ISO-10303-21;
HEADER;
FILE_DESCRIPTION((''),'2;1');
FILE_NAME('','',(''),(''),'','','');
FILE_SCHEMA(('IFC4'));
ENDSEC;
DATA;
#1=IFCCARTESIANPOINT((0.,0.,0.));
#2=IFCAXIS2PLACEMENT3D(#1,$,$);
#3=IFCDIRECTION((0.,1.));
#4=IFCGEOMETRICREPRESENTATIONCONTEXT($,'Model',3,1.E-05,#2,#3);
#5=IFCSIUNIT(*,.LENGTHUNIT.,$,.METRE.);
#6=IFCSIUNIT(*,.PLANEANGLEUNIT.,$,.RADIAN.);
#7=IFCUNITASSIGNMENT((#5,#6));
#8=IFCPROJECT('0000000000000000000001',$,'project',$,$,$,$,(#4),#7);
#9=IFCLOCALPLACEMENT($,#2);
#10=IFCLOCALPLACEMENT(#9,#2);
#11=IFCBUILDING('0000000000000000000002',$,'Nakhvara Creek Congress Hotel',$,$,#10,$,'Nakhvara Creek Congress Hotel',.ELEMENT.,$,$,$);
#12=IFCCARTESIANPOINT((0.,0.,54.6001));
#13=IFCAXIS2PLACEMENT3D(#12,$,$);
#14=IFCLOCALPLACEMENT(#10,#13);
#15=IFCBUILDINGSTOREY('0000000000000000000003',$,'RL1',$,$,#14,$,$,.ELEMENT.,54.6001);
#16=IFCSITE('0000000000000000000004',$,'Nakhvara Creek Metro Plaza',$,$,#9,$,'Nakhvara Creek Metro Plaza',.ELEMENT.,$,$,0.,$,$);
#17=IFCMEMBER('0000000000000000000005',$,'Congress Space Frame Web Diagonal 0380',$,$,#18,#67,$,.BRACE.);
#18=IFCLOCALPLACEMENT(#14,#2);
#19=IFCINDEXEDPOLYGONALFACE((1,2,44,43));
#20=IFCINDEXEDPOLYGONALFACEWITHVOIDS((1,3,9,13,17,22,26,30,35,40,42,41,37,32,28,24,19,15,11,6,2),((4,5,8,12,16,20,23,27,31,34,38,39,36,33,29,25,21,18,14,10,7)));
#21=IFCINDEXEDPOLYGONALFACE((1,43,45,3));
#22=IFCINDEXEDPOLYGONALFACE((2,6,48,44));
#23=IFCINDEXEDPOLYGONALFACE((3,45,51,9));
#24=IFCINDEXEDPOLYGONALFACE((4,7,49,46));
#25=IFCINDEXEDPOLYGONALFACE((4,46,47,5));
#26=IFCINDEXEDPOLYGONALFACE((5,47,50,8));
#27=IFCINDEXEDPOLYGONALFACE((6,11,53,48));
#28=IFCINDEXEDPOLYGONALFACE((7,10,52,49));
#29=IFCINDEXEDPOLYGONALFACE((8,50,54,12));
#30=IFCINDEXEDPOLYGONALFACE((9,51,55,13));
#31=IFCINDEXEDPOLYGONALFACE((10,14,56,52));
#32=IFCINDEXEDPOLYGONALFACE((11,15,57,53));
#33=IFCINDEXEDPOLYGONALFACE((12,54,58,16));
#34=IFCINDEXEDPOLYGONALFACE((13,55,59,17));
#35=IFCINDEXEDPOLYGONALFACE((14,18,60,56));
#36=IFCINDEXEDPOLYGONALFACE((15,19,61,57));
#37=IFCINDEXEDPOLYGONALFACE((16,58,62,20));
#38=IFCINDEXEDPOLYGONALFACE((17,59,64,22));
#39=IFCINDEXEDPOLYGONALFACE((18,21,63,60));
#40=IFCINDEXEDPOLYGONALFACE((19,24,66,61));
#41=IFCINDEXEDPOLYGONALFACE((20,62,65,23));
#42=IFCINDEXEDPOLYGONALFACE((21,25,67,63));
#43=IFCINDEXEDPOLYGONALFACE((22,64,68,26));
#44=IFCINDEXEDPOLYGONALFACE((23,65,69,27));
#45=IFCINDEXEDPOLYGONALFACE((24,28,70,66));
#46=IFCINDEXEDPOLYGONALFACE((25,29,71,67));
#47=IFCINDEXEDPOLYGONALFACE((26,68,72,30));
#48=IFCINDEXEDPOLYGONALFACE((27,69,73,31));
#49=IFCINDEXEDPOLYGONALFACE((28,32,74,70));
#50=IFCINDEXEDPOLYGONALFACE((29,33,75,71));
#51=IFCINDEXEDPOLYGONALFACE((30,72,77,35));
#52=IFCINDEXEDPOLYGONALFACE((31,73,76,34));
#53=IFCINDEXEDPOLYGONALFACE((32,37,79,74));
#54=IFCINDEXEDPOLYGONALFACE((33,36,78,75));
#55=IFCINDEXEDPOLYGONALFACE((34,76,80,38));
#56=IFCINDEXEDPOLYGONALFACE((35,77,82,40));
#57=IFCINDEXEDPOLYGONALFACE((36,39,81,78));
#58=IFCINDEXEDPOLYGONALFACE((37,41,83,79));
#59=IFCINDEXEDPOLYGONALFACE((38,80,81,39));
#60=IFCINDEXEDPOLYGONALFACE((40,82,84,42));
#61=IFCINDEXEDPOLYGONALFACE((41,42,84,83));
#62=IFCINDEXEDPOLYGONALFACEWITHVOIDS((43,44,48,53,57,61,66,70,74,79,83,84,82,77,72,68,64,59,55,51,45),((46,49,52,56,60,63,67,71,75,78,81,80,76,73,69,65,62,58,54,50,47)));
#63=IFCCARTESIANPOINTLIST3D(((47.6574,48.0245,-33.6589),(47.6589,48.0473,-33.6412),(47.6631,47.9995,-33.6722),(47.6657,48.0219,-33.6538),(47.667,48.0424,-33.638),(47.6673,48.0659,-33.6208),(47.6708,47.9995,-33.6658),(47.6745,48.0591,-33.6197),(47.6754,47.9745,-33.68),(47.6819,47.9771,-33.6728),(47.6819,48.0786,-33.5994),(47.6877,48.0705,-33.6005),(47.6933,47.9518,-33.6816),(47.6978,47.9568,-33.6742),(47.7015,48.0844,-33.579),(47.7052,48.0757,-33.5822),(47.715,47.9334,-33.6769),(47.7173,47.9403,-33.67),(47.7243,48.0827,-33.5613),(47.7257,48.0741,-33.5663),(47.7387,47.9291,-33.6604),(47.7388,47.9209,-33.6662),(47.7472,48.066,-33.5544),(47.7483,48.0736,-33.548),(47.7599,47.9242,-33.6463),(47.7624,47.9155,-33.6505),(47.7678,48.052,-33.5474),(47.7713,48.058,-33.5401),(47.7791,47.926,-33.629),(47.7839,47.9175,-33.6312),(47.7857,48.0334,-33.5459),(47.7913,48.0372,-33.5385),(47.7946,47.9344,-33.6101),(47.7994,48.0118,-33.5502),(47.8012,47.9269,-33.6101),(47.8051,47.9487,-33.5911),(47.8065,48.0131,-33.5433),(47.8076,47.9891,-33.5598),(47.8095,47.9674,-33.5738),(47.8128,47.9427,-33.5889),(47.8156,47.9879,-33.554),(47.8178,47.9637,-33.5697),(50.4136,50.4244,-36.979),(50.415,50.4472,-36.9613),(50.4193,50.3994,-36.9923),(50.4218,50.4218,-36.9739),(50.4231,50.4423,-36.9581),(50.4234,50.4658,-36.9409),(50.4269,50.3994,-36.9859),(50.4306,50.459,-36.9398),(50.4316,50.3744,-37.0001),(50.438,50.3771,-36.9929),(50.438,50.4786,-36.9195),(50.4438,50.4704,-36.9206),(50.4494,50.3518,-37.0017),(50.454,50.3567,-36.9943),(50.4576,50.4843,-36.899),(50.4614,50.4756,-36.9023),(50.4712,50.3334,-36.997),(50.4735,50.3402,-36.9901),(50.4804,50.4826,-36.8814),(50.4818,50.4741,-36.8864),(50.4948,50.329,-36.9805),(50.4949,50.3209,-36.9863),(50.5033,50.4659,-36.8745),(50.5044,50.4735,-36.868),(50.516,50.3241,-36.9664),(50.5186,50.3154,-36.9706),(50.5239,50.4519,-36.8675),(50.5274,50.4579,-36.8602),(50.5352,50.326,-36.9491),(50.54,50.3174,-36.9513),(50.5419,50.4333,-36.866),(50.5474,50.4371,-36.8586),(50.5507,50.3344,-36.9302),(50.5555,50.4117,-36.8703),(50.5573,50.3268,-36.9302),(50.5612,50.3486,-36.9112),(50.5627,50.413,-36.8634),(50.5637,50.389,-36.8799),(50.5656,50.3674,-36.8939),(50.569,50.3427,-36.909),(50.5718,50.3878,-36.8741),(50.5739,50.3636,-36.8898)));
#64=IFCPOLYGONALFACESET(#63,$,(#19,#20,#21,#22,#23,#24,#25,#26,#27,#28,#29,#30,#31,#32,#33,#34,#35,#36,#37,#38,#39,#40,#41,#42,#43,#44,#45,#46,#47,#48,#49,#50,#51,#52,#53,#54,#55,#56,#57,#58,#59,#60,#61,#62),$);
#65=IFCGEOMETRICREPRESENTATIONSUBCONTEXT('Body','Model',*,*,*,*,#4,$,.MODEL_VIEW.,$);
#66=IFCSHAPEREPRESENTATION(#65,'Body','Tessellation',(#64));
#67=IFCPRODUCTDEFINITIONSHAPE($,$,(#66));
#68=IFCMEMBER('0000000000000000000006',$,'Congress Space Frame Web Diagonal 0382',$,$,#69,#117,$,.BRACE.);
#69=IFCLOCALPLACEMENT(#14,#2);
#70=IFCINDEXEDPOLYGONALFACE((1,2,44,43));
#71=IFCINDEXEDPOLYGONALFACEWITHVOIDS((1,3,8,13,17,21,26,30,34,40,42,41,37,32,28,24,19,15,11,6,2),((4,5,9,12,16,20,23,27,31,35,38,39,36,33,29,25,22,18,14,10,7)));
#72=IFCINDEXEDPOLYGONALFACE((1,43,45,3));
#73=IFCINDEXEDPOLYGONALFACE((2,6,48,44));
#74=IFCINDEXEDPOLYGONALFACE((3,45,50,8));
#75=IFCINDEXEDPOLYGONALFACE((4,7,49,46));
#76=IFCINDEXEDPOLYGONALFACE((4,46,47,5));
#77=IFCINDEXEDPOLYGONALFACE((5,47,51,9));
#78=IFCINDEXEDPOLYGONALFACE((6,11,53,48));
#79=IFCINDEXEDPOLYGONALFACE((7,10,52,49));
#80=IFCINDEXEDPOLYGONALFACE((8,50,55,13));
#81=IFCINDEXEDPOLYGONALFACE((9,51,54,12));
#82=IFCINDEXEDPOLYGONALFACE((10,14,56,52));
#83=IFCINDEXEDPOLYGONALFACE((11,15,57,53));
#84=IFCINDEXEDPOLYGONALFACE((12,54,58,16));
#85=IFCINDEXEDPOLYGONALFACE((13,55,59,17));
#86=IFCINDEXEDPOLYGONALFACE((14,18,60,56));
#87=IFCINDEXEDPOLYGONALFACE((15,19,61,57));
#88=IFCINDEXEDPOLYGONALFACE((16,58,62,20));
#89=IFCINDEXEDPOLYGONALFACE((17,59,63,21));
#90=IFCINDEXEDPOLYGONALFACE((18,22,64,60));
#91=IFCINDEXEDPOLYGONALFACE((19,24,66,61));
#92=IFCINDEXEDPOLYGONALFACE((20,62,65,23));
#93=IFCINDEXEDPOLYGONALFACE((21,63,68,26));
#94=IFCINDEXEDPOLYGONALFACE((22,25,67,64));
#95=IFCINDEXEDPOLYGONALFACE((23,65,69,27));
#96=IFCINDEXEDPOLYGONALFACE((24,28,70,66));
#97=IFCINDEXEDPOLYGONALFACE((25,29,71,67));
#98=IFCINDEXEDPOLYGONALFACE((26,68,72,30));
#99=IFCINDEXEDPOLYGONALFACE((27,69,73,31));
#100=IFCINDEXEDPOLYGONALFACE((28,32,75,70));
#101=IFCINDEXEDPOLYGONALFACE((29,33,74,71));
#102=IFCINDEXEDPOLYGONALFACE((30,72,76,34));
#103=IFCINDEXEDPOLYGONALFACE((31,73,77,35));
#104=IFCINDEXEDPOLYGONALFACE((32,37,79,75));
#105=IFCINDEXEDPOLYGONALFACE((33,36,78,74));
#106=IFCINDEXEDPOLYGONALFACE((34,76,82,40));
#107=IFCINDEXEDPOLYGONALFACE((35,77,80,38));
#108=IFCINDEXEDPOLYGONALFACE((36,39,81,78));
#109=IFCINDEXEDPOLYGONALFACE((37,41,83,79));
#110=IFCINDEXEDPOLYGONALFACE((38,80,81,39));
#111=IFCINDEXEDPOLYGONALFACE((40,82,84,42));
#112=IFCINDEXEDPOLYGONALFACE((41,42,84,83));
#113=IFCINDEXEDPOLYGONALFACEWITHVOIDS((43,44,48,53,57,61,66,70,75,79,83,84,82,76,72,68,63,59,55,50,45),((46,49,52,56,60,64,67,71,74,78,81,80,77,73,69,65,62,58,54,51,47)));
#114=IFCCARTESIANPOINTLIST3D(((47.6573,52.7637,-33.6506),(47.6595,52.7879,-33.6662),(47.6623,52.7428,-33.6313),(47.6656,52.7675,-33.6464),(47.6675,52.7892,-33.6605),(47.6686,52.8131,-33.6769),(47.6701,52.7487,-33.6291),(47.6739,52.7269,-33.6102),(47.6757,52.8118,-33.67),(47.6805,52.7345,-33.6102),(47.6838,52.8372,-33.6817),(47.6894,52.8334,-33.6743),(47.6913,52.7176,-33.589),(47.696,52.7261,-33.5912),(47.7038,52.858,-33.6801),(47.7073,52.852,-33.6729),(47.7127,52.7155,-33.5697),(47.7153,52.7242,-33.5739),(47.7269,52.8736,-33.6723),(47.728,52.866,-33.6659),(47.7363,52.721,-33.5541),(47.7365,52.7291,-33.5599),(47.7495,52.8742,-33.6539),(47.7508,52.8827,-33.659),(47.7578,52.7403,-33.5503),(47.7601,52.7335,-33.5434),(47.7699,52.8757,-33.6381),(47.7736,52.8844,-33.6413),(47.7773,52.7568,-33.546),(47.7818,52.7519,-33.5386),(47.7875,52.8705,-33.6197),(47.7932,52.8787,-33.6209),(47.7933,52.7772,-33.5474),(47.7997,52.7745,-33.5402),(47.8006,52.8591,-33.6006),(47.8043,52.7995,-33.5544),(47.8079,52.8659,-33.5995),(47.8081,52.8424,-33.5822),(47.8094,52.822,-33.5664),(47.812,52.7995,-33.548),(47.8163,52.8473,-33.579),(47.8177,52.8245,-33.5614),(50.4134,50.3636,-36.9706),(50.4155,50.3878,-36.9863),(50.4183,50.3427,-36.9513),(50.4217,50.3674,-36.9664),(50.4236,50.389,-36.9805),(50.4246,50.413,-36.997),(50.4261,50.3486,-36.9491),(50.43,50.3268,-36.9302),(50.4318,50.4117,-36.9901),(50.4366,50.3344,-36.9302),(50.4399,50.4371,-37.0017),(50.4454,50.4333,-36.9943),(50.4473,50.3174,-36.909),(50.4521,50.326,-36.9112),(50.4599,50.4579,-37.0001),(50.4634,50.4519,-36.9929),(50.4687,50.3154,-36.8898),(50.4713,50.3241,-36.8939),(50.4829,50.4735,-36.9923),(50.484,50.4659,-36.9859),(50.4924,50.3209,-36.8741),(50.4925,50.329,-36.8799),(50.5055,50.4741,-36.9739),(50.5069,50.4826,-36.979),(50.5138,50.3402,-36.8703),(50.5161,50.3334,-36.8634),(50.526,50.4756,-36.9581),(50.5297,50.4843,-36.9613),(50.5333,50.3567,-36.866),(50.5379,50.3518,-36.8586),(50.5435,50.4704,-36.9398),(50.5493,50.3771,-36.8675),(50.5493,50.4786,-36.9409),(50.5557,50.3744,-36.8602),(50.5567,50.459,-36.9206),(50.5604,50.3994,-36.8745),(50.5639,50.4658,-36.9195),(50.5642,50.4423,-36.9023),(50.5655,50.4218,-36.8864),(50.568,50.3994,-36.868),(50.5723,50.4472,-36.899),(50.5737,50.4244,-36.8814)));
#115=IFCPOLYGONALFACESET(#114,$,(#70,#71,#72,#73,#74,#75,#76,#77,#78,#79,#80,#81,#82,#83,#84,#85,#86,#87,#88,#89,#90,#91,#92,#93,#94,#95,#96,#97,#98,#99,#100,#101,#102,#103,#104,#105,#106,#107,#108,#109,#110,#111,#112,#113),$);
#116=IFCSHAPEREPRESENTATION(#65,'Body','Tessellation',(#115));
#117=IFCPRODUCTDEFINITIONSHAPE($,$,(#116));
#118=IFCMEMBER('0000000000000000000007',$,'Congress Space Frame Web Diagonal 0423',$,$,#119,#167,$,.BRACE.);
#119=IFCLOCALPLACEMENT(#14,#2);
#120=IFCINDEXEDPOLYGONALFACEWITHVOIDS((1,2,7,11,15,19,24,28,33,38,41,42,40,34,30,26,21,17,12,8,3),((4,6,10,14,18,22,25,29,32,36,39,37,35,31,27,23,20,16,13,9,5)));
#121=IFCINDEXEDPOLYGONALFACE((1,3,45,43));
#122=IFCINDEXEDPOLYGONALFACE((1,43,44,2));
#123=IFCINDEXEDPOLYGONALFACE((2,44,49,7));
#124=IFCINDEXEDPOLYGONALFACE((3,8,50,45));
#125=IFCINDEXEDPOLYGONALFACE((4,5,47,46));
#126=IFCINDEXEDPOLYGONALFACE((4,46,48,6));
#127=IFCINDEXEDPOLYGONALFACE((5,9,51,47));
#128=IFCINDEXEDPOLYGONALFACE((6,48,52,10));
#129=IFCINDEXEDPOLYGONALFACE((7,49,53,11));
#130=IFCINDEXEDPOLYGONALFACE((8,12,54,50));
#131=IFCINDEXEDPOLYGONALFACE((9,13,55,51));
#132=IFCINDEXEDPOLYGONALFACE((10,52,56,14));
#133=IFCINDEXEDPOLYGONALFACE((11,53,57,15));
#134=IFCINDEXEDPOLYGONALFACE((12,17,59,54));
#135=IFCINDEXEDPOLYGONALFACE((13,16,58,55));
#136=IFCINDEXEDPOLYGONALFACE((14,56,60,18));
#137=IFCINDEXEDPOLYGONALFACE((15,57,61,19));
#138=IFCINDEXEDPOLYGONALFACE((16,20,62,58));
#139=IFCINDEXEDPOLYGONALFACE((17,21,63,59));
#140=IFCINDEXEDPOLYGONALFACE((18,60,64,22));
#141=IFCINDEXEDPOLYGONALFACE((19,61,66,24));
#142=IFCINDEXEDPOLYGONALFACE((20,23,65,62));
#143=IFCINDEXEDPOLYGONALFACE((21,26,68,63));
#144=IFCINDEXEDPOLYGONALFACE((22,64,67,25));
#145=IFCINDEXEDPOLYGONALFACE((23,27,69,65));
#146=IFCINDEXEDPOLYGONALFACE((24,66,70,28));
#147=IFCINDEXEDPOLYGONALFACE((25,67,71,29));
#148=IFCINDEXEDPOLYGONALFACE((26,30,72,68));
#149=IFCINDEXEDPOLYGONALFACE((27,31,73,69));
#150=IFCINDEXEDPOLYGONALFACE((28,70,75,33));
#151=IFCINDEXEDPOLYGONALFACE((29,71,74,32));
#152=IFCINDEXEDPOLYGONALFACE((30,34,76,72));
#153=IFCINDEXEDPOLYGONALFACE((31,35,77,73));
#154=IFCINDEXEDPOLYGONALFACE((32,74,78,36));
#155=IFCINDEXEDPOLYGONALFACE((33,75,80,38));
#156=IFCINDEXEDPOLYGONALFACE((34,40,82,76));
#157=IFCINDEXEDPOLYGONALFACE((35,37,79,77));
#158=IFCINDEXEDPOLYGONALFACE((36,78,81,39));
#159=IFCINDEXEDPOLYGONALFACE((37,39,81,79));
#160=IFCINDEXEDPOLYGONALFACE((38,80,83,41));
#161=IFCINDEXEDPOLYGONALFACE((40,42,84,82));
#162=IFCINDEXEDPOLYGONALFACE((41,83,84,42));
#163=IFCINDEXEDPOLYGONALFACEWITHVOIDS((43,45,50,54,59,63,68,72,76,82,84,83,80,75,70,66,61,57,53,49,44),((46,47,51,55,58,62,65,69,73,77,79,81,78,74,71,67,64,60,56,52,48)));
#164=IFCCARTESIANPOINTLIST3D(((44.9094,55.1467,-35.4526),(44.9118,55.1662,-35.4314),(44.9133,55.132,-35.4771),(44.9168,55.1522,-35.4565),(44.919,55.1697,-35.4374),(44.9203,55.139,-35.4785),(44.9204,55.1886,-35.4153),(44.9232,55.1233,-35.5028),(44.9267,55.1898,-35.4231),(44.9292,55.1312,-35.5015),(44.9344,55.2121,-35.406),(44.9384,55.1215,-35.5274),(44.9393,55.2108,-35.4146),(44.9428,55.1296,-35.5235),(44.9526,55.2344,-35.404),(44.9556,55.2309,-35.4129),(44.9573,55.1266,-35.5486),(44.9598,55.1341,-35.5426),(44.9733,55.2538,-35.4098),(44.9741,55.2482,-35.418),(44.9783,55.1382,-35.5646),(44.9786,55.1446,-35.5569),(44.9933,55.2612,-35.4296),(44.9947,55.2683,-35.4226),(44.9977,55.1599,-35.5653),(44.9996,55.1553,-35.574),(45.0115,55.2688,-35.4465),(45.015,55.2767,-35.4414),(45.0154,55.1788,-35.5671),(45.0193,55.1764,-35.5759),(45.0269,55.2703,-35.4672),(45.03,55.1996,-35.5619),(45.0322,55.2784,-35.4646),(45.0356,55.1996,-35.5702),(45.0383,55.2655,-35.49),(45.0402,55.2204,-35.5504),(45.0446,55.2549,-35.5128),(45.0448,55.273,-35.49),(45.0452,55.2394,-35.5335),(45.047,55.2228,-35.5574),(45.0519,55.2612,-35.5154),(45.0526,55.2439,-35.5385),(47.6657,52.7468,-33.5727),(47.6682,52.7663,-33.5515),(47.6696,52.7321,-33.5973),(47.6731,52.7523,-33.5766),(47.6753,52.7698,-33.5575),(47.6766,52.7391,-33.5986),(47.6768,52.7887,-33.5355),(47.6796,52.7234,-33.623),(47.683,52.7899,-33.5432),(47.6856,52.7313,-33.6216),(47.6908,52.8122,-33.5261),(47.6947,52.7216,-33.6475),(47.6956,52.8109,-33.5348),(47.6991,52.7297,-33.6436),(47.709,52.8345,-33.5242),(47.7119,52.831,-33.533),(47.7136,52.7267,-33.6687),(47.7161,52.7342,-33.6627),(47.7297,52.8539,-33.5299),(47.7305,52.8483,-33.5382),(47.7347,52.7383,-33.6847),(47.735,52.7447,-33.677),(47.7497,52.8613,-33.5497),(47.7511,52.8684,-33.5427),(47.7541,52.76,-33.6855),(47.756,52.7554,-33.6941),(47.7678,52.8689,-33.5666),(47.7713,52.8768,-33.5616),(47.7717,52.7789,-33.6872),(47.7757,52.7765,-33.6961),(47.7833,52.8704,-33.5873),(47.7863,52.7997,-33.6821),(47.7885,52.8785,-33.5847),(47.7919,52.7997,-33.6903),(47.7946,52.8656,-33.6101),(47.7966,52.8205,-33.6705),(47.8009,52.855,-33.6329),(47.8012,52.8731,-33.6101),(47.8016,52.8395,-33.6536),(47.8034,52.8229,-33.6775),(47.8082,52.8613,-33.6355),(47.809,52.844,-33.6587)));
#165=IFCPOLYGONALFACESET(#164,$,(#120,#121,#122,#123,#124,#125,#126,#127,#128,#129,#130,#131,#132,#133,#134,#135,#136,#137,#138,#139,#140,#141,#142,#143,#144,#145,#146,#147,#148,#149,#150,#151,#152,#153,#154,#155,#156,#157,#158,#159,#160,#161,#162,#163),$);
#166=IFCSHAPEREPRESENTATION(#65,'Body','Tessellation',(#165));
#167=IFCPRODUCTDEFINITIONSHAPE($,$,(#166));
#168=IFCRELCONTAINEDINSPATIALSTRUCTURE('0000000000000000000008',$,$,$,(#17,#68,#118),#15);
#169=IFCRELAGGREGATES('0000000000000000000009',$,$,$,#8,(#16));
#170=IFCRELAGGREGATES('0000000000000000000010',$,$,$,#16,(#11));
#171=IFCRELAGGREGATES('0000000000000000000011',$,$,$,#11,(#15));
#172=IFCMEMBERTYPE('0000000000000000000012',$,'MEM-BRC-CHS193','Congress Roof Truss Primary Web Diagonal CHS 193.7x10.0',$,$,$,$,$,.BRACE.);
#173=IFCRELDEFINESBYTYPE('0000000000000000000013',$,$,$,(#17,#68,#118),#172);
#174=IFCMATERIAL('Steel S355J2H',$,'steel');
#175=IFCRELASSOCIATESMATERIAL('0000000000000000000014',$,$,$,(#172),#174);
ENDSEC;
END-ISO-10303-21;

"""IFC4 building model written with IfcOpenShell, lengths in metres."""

from ifc_helpers import new_model, si_unit, direction, frame, origin, origin_2d, place, context, subcontext, project, spatial, hollow_circle, extrude, material, material_profile, profile_set, type_object, element, save


model = new_model("IFC4")

# Units and contexts
model_context = context("Model", 3, precision=1e-05, world=origin(), true_north=direction((0.0, 1.0)))
body_context = subcontext(model_context, "Body", "Model", "MODEL_VIEW")
ifc_project = project(units=[si_unit("LENGTHUNIT", "METRE"), si_unit("PLANEANGLEUNIT", "RADIAN")], contexts=[model_context])

# Site, building, storey
site_placement = place(None, origin())
site = spatial("IfcSite", under=ifc_project, at=site_placement, Name="Nakhvara Creek Metro Plaza", LongName="Nakhvara Creek Metro Plaza", CompositionType="ELEMENT", RefElevation=0.0)
building_placement = place(site_placement, origin())
building = spatial("IfcBuilding", under=site, at=building_placement, Name="Nakhvara Creek Congress Hotel", LongName="Nakhvara Creek Congress Hotel", CompositionType="ELEMENT")
storey_placement = place(building_placement, frame((0.0, 0.0, 54.6001)))
storey = spatial("IfcBuildingStorey", under=building, at=storey_placement, Name="RL1", CompositionType="ELEMENT", Elevation=54.6001)

# Members
ifc_material_1 = material(Name="Steel S355J2H", Category="steel")
ifc_material_profile_1 = material_profile(ifc_material_1, hollow_circle(Radius=0.0969, WallThickness=0.01, at=origin_2d()), Name="CHS 193.7x10.0", Category="LoadBearing")
ifc_profile_set_1 = profile_set([ifc_material_profile_1], Name="Steel S355J2H")
member_type_1 = type_object("IfcMemberType", Name="MEM-BRC-CHS193", Description="Congress Roof Truss Primary Web Diagonal CHS 193.7x10.0", PredefinedType="BRACE", material=ifc_profile_set_1)
for number, where, z_axis, x_axis, name in (
    (1, (50.4937, 50.3999, -36.9302), (-0.558203, -0.48606, 0.672425), (0.656691, -0.75416, 0.0), "Congress Space Frame Web Diagonal 0380"),
    (2, (50.4937, 50.3999, -36.9302), (-0.55819, 0.486098, 0.672408), (-0.656729, -0.754126, 0.0), "Congress Space Frame Web Diagonal 0382"),
):
    element("IfcMember", number, at=place(storey_placement, frame(where, z_axis=z_axis, x_axis=x_axis)), inside=storey, type_object=member_type_1, Name=name, PredefinedType="BRACE", context=body_context, shape_type="SweptSolid", body=[
        extrude(hollow_circle(Radius=0.0969, WallThickness=0.01, at=origin_2d()), origin(), (0.0, 0.0, 1.0), 4.9375),
    ])
member_1_placement = place(storey_placement, frame((44.9812, 55.2, -35.49), z_axis=(0.670667, -0.583938, 0.457408), x_axis=(0.656658, 0.754188, 0.0)))
element("IfcMember", 3, at=member_1_placement, inside=storey, type_object=member_type_1, Name="Congress Space Frame Web Diagonal 0423", PredefinedType="BRACE", context=body_context, shape_type="SweptSolid", body=[
    extrude(hollow_circle(Radius=0.0969, WallThickness=0.01, at=origin_2d()), origin(), (0.0, 0.0, 1.0), 4.1099),
])

save(model, "model.ifc")
